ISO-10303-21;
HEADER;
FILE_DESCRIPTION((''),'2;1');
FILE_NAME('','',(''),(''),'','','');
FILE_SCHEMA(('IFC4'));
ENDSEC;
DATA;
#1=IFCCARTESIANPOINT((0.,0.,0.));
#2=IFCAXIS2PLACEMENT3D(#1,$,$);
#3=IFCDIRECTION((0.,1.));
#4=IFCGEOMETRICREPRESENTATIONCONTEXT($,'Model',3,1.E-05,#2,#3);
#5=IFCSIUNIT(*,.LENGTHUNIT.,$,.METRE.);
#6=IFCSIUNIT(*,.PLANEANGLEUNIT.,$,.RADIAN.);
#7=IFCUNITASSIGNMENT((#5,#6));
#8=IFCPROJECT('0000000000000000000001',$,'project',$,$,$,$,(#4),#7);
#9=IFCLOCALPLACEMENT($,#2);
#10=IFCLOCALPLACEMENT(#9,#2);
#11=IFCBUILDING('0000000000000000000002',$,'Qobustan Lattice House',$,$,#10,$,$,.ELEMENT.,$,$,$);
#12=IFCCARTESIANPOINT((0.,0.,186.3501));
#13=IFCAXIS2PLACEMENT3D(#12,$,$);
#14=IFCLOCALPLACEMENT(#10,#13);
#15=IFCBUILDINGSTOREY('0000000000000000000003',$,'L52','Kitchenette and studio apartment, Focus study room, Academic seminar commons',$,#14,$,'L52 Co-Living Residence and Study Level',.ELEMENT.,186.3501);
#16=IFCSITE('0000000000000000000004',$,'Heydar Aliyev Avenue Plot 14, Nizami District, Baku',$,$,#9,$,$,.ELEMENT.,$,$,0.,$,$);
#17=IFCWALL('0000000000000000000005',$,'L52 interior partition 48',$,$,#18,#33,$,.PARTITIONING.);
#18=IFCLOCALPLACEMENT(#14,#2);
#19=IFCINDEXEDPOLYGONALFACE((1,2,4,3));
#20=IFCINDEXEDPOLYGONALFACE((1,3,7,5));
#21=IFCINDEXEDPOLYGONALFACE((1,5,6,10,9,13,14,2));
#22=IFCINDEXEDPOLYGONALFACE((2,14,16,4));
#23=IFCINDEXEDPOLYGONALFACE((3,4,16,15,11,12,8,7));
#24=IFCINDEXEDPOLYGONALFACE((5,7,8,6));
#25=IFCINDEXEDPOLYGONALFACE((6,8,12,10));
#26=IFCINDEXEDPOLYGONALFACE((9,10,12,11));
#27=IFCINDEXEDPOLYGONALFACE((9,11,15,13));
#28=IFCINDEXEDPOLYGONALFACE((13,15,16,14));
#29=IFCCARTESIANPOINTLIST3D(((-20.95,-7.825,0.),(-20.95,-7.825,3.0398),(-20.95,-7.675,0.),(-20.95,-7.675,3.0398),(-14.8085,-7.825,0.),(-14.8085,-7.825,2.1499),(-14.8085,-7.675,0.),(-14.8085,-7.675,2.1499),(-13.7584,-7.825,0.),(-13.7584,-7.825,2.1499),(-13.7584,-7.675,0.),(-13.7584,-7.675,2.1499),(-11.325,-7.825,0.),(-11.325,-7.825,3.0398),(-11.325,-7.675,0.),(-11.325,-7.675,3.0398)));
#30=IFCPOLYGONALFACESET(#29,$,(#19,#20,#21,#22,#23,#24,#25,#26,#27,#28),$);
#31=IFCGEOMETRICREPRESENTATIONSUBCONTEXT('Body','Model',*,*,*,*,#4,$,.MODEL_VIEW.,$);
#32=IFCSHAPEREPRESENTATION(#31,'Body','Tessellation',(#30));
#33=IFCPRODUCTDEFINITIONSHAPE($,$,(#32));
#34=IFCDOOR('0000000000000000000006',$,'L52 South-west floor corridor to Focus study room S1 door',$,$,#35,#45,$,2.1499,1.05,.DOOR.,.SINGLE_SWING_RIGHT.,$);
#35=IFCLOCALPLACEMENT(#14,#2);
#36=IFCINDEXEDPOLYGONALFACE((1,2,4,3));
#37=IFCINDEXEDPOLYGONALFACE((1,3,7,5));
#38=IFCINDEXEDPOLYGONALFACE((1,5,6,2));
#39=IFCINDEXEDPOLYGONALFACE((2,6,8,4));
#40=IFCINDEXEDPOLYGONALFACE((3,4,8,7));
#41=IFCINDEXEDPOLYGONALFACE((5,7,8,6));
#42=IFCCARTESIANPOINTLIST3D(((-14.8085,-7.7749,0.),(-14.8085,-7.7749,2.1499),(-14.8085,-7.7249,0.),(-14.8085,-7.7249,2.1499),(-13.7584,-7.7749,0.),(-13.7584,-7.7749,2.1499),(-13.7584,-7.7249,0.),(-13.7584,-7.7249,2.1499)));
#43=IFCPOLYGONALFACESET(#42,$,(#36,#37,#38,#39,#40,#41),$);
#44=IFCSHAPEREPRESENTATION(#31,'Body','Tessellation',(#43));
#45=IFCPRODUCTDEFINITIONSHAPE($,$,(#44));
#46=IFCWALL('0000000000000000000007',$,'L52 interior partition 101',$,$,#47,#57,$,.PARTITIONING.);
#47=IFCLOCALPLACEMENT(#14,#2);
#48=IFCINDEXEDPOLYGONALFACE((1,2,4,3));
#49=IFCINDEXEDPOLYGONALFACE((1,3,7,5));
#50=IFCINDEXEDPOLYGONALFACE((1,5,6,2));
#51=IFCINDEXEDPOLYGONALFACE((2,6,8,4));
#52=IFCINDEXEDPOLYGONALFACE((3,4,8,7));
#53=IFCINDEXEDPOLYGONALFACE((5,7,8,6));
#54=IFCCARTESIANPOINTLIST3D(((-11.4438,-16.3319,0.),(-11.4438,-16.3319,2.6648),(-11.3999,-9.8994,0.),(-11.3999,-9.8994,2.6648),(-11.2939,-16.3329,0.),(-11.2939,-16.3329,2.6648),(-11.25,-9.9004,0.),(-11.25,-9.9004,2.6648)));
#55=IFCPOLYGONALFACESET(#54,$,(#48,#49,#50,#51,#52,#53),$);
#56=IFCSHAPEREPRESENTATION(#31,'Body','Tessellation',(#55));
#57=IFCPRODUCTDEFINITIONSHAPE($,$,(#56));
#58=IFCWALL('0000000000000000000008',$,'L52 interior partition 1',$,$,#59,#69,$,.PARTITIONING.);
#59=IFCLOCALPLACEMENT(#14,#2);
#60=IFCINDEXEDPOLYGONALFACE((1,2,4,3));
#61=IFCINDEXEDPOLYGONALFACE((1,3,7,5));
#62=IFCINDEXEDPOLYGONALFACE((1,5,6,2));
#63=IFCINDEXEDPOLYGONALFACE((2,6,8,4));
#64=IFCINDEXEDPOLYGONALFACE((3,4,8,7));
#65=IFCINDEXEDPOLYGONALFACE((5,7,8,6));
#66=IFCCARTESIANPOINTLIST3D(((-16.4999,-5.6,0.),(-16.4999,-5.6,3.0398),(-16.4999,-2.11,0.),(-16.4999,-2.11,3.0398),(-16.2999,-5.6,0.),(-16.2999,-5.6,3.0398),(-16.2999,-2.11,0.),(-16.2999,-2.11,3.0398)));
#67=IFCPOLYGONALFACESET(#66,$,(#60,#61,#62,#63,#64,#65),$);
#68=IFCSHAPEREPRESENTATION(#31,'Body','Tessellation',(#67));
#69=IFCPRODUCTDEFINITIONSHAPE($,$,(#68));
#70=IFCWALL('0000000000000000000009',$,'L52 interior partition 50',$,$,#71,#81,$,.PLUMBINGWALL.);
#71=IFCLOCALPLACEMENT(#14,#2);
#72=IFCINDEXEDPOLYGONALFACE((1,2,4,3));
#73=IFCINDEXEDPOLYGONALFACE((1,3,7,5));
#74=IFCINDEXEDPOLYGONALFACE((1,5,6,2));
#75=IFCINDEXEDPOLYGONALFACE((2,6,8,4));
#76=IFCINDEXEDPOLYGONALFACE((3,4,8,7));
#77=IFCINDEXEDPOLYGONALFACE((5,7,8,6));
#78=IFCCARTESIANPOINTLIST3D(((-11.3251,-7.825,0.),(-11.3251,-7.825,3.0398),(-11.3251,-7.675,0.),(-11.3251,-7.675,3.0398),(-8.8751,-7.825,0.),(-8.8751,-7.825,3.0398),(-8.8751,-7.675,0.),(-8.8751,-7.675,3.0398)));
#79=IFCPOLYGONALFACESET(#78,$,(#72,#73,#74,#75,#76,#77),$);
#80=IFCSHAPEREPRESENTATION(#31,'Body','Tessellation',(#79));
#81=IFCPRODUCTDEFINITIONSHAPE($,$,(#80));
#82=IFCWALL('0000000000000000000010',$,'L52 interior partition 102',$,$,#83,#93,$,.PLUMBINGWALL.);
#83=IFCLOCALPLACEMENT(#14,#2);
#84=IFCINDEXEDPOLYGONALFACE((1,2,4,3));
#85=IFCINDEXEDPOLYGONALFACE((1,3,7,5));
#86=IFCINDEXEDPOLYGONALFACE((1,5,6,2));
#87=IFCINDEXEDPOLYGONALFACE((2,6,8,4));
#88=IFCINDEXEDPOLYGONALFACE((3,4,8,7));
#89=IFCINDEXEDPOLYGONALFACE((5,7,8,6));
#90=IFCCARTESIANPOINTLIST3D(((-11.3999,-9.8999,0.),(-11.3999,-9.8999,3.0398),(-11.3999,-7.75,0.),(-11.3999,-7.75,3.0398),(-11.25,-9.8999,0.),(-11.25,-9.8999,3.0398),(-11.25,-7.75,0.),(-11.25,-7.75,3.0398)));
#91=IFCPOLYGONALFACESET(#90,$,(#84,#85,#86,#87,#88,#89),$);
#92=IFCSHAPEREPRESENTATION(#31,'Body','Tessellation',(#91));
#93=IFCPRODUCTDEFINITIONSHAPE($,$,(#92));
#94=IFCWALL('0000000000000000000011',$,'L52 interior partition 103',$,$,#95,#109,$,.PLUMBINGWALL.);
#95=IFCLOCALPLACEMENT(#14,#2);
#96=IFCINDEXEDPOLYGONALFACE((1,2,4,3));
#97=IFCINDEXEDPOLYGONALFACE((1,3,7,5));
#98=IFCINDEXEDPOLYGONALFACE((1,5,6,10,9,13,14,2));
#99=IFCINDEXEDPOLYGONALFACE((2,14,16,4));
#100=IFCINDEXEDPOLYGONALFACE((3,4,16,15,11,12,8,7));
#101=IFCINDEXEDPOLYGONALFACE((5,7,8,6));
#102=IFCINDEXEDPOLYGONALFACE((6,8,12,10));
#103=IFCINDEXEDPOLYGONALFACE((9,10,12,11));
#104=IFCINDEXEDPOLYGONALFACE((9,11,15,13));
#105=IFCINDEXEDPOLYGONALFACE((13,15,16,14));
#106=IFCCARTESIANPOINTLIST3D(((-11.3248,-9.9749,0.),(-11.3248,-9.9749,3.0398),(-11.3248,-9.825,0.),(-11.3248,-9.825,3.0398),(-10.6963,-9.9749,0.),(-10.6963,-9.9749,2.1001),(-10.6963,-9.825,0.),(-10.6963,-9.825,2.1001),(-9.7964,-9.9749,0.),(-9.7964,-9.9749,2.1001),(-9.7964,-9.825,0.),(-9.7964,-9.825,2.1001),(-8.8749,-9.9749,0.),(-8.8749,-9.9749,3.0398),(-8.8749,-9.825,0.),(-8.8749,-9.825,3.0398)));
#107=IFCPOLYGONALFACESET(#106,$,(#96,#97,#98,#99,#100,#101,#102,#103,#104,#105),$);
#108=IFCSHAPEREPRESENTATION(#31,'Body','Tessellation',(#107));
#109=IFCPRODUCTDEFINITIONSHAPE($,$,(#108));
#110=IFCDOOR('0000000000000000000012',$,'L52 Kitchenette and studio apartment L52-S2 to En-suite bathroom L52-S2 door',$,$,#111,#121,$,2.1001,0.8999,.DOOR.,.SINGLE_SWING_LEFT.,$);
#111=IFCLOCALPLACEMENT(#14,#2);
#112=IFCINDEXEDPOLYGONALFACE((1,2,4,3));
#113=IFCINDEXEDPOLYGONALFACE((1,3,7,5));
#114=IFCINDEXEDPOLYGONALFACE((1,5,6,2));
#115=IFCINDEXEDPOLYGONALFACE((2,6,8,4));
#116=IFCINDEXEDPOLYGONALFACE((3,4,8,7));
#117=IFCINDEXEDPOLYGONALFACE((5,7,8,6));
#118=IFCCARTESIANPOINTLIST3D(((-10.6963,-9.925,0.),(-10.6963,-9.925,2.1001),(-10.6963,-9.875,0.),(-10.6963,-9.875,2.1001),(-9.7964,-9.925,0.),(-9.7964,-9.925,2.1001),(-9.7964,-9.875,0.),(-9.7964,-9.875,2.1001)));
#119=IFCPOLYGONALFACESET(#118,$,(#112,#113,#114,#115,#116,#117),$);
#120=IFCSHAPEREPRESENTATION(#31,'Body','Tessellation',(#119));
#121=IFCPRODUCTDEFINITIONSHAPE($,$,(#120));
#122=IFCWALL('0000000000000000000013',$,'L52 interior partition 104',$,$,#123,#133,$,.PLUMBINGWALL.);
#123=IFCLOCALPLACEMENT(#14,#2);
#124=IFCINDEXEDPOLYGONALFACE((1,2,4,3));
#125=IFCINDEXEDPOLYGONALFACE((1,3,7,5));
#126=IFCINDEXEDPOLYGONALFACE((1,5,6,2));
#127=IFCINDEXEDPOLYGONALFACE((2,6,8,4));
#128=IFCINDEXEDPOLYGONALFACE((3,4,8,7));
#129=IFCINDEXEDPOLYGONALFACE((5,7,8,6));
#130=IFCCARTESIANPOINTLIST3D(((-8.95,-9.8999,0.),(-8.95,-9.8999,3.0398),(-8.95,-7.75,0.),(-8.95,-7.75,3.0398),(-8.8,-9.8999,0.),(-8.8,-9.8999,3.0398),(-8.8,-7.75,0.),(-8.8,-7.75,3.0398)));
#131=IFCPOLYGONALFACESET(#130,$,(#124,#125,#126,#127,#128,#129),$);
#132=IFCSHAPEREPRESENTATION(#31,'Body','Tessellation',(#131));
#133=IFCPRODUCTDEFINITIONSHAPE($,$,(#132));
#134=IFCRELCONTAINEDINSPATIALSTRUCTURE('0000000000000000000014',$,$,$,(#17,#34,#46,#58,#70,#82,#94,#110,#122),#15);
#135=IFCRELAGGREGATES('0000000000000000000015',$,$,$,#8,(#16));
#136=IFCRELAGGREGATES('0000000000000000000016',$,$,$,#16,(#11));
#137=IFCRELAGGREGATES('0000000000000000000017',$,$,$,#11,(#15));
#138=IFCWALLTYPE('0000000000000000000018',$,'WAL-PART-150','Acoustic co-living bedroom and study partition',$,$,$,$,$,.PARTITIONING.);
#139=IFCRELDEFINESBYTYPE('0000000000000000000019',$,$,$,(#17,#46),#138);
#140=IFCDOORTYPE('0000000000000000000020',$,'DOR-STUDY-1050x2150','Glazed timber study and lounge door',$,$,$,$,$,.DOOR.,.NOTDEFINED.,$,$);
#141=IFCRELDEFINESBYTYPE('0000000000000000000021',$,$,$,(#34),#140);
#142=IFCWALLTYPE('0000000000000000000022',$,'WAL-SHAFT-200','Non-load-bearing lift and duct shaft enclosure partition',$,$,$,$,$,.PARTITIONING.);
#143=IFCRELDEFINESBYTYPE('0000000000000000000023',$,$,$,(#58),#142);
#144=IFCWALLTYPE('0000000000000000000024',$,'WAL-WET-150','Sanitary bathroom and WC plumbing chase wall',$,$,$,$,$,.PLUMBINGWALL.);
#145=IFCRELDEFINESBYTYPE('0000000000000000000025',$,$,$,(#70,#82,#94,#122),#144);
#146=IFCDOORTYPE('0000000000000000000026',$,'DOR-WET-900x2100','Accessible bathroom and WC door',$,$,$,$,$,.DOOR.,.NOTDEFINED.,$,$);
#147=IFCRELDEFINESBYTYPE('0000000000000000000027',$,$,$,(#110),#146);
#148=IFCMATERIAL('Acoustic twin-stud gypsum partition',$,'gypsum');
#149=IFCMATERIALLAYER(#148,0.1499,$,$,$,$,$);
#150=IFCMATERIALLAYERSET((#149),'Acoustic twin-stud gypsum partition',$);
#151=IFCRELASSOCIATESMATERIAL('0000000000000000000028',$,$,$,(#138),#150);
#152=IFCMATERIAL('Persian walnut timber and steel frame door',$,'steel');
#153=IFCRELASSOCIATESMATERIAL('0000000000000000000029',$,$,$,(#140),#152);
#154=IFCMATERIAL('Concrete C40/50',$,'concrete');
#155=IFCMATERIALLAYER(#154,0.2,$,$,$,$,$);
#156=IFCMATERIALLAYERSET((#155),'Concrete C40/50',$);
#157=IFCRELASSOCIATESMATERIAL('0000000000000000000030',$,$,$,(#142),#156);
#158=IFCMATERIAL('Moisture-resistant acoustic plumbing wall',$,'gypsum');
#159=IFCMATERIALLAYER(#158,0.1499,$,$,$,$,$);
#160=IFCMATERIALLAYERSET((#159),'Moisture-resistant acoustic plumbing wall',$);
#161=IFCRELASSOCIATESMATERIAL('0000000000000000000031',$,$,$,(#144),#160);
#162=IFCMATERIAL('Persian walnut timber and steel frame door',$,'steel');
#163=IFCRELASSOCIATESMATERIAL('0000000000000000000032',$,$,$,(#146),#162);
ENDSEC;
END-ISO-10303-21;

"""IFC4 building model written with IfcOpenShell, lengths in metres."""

from ifc_helpers import new_model, si_unit, direction, frame, frame_2d, origin, place, context, subcontext, project, spatial, rectangle, extrude, material, layer, layer_set, type_object, element, fill, save


model = new_model("IFC4")

# Units and contexts
model_context = context("Model", 3, precision=1e-05, world=origin(), true_north=direction((0.0, 1.0)))
body_context = subcontext(model_context, "Body", "Model", "MODEL_VIEW")
ifc_project = project(units=[si_unit("LENGTHUNIT", "METRE"), si_unit("PLANEANGLEUNIT", "RADIAN")], contexts=[model_context])

# Site, building, storey
site_placement = place(None, origin())
site = spatial("IfcSite", under=ifc_project, at=site_placement, Name="Heydar Aliyev Avenue Plot 14, Nizami District, Baku", CompositionType="ELEMENT", RefElevation=0.0)
building_placement = place(site_placement, origin())
building = spatial("IfcBuilding", under=site, at=building_placement, Name="Qobustan Lattice House", CompositionType="ELEMENT")
storey_placement = place(building_placement, frame((0.0, 0.0, 186.3501)))
storey = spatial("IfcBuildingStorey", under=building, at=storey_placement, Name="L52", Description="Kitchenette and studio apartment, Focus study room, Academic seminar commons", LongName="L52 Co-Living Residence and Study Level", CompositionType="ELEMENT", Elevation=186.3501)

# Wall, opening, door
ifc_material_1 = material(Name="Acoustic twin-stud gypsum partition", Category="gypsum")
ifc_layer_1 = layer(ifc_material_1, 0.1499)
ifc_layer_set_1 = layer_set([ifc_layer_1], Name="Acoustic twin-stud gypsum partition")
wall_type_1 = type_object("IfcWallType", Name="WAL-PART-150", Description="Acoustic co-living bedroom and study partition", PredefinedType="PARTITIONING", material=ifc_layer_set_1)
wall_1_placement = place(storey_placement, frame((-11.325, -7.75, 0.0), z_axis=(0.0, 0.0, 1.0), x_axis=(-1.0, 0.0, 0.0)))
wall_1 = element("IfcWall", 1, at=wall_1_placement, inside=storey, type_object=wall_type_1, Name="L52 interior partition 48", PredefinedType="PARTITIONING", context=body_context, shape_type="SweptSolid", body=[
    extrude(rectangle(XDim=9.625, YDim=0.1499, at=frame_2d((4.8125, 0.0))), origin(), (0.0, 0.0, 1.0), 3.0398),
])
opening_1_placement = place(wall_1_placement, frame((2.4336, 0.0, 0.0)))
opening_1 = element("IfcOpeningElement", 2, at=opening_1_placement, cuts=wall_1, PredefinedType="OPENING", context=body_context, shape_type="SweptSolid", body=[
    extrude(rectangle(XDim=1.05, YDim=2.1499, at=frame_2d((0.5249, 1.075))), frame((0.0, 0.085, 0.0), z_axis=(0.0, -1.0, 0.0), x_axis=(1.0, 0.0, 0.0)), (0.0, 0.0, 1.0), 0.1699),
])
ifc_material_2 = material(Name="Persian walnut timber and steel frame door", Category="steel")
door_type_1 = type_object("IfcDoorType", Name="DOR-STUDY-1050x2150", Description="Glazed timber study and lounge door", OperationType="NOTDEFINED", PredefinedType="DOOR", material=ifc_material_2)
door_1_placement = place(opening_1_placement, origin())
door_1 = element("IfcDoor", 3, at=door_1_placement, inside=storey, type_object=door_type_1, Name="L52 South-west floor corridor to Focus study room S1 door", OperationType="SINGLE_SWING_RIGHT", OverallHeight=2.1499, OverallWidth=1.05, PredefinedType="DOOR", context=body_context, shape_type="SweptSolid", body=[
    extrude(rectangle(XDim=1.05, YDim=2.1499, at=frame_2d((0.5249, 1.075))), frame((0.0, 0.0249, 0.0), z_axis=(0.0, -1.0, 0.0), x_axis=(1.0, 0.0, 0.0)), (0.0, 0.0, 1.0), 0.05),
])
fill(opening_1, door_1)

# Walls
wall_2_placement = place(storey_placement, frame((-11.325, -9.8999, 0.0), z_axis=(0.0, 0.0, 1.0), x_axis=(-0.006832, -0.999977, 0.0)))
element("IfcWall", 4, at=wall_2_placement, inside=storey, type_object=wall_type_1, Name="L52 interior partition 101", PredefinedType="PARTITIONING", context=body_context, shape_type="SweptSolid", body=[
    extrude(rectangle(XDim=6.4326, YDim=0.1499, at=frame_2d((3.2163, 0.0))), origin(), (0.0, 0.0, 1.0), 2.6648),
])
ifc_material_3 = material(Name="Concrete C40/50", Category="concrete")
ifc_layer_2 = layer(ifc_material_3, 0.2)
ifc_layer_set_2 = layer_set([ifc_layer_2], Name="Concrete C40/50")
wall_type_2 = type_object("IfcWallType", Name="WAL-SHAFT-200", Description="Non-load-bearing lift and duct shaft enclosure partition", PredefinedType="PARTITIONING", material=ifc_layer_set_2)
wall_3_placement = place(storey_placement, frame((-16.3999, -5.6001, 0.0), z_axis=(0.0, 0.0, 1.0), x_axis=(0.0, 1.0, 0.0)))
element("IfcWall", 5, at=wall_3_placement, inside=storey, type_object=wall_type_2, Name="L52 interior partition 1", PredefinedType="PARTITIONING", context=body_context, shape_type="SweptSolid", body=[
    extrude(rectangle(XDim=3.49, YDim=0.2, at=frame_2d((1.7451, 0.0))), origin(), (0.0, 0.0, 1.0), 3.0398),
])
ifc_material_4 = material(Name="Moisture-resistant acoustic plumbing wall", Category="gypsum")
ifc_layer_3 = layer(ifc_material_4, 0.1499)
ifc_layer_set_3 = layer_set([ifc_layer_3], Name="Moisture-resistant acoustic plumbing wall")
wall_type_3 = type_object("IfcWallType", Name="WAL-WET-150", Description="Sanitary bathroom and WC plumbing chase wall", PredefinedType="PLUMBINGWALL", material=ifc_layer_set_3)
wall_4_placement = place(storey_placement, frame((-8.875, -7.75, 0.0), z_axis=(0.0, 0.0, 1.0), x_axis=(-1.0, 0.0, 0.0)))
element("IfcWall", 6, at=wall_4_placement, inside=storey, type_object=wall_type_3, Name="L52 interior partition 50", PredefinedType="PLUMBINGWALL", context=body_context, shape_type="SweptSolid", body=[
    extrude(rectangle(XDim=2.45, YDim=0.1499, at=frame_2d((1.2251, 0.0))), origin(), (0.0, 0.0, 1.0), 3.0398),
])
wall_5_placement = place(storey_placement, frame((-11.325, -7.75, 0.0), z_axis=(0.0, 0.0, 1.0), x_axis=(0.0, -1.0, 0.0)))
element("IfcWall", 7, at=wall_5_placement, inside=storey, type_object=wall_type_3, Name="L52 interior partition 102", PredefinedType="PLUMBINGWALL", context=body_context, shape_type="SweptSolid", body=[
    extrude(rectangle(XDim=2.1499, YDim=0.1499, at=frame_2d((1.075, 0.0))), origin(), (0.0, 0.0, 1.0), 3.0398),
])

# Wall, opening, door
wall_6_placement = place(storey_placement, frame((-11.325, -9.8999, 0.0), z_axis=(0.0, 0.0, 1.0), x_axis=(1.0, 0.0, 0.0)))
wall_6 = element("IfcWall", 8, at=wall_6_placement, inside=storey, type_object=wall_type_3, Name="L52 interior partition 103", PredefinedType="PLUMBINGWALL", context=body_context, shape_type="SweptSolid", body=[
    extrude(rectangle(XDim=2.45, YDim=0.1499, at=frame_2d((1.2251, 0.0))), origin(), (0.0, 0.0, 1.0), 3.0398),
])
opening_2_placement = place(wall_6_placement, frame((0.6287, 0.0, 0.0)))
opening_2 = element("IfcOpeningElement", 9, at=opening_2_placement, cuts=wall_6, PredefinedType="OPENING", context=body_context, shape_type="SweptSolid", body=[
    extrude(rectangle(XDim=0.8999, YDim=2.1001, at=frame_2d((0.45, 1.05))), frame((0.0, 0.085, 0.0), z_axis=(0.0, -1.0, 0.0), x_axis=(1.0, 0.0, 0.0)), (0.0, 0.0, 1.0), 0.1699),
])
ifc_material_5 = material(Name="Persian walnut timber and steel frame door", Category="steel")
door_type_2 = type_object("IfcDoorType", Name="DOR-WET-900x2100", Description="Accessible bathroom and WC door", OperationType="NOTDEFINED", PredefinedType="DOOR", material=ifc_material_5)
door_2_placement = place(opening_2_placement, origin())
door_2 = element("IfcDoor", 10, at=door_2_placement, inside=storey, type_object=door_type_2, Name="L52 Kitchenette and studio apartment L52-S2 to En-suite bathroom L52-S2 door", OperationType="SINGLE_SWING_LEFT", OverallHeight=2.1001, OverallWidth=0.8999, PredefinedType="DOOR", context=body_context, shape_type="SweptSolid", body=[
    extrude(rectangle(XDim=0.8999, YDim=2.1001, at=frame_2d((0.45, 1.05))), frame((0.0, 0.0249, 0.0), z_axis=(0.0, -1.0, 0.0), x_axis=(1.0, 0.0, 0.0)), (0.0, 0.0, 1.0), 0.05),
])
fill(opening_2, door_2)

# Wall
wall_7_placement = place(storey_placement, frame((-8.875, -9.8999, 0.0), z_axis=(0.0, 0.0, 1.0), x_axis=(0.0, 1.0, 0.0)))
element("IfcWall", 11, at=wall_7_placement, inside=storey, type_object=wall_type_3, Name="L52 interior partition 104", PredefinedType="PLUMBINGWALL", context=body_context, shape_type="SweptSolid", body=[
    extrude(rectangle(XDim=2.1499, YDim=0.1499, at=frame_2d((1.075, 0.0))), origin(), (0.0, 0.0, 1.0), 3.0398),
])

save(model, "model.ifc")
